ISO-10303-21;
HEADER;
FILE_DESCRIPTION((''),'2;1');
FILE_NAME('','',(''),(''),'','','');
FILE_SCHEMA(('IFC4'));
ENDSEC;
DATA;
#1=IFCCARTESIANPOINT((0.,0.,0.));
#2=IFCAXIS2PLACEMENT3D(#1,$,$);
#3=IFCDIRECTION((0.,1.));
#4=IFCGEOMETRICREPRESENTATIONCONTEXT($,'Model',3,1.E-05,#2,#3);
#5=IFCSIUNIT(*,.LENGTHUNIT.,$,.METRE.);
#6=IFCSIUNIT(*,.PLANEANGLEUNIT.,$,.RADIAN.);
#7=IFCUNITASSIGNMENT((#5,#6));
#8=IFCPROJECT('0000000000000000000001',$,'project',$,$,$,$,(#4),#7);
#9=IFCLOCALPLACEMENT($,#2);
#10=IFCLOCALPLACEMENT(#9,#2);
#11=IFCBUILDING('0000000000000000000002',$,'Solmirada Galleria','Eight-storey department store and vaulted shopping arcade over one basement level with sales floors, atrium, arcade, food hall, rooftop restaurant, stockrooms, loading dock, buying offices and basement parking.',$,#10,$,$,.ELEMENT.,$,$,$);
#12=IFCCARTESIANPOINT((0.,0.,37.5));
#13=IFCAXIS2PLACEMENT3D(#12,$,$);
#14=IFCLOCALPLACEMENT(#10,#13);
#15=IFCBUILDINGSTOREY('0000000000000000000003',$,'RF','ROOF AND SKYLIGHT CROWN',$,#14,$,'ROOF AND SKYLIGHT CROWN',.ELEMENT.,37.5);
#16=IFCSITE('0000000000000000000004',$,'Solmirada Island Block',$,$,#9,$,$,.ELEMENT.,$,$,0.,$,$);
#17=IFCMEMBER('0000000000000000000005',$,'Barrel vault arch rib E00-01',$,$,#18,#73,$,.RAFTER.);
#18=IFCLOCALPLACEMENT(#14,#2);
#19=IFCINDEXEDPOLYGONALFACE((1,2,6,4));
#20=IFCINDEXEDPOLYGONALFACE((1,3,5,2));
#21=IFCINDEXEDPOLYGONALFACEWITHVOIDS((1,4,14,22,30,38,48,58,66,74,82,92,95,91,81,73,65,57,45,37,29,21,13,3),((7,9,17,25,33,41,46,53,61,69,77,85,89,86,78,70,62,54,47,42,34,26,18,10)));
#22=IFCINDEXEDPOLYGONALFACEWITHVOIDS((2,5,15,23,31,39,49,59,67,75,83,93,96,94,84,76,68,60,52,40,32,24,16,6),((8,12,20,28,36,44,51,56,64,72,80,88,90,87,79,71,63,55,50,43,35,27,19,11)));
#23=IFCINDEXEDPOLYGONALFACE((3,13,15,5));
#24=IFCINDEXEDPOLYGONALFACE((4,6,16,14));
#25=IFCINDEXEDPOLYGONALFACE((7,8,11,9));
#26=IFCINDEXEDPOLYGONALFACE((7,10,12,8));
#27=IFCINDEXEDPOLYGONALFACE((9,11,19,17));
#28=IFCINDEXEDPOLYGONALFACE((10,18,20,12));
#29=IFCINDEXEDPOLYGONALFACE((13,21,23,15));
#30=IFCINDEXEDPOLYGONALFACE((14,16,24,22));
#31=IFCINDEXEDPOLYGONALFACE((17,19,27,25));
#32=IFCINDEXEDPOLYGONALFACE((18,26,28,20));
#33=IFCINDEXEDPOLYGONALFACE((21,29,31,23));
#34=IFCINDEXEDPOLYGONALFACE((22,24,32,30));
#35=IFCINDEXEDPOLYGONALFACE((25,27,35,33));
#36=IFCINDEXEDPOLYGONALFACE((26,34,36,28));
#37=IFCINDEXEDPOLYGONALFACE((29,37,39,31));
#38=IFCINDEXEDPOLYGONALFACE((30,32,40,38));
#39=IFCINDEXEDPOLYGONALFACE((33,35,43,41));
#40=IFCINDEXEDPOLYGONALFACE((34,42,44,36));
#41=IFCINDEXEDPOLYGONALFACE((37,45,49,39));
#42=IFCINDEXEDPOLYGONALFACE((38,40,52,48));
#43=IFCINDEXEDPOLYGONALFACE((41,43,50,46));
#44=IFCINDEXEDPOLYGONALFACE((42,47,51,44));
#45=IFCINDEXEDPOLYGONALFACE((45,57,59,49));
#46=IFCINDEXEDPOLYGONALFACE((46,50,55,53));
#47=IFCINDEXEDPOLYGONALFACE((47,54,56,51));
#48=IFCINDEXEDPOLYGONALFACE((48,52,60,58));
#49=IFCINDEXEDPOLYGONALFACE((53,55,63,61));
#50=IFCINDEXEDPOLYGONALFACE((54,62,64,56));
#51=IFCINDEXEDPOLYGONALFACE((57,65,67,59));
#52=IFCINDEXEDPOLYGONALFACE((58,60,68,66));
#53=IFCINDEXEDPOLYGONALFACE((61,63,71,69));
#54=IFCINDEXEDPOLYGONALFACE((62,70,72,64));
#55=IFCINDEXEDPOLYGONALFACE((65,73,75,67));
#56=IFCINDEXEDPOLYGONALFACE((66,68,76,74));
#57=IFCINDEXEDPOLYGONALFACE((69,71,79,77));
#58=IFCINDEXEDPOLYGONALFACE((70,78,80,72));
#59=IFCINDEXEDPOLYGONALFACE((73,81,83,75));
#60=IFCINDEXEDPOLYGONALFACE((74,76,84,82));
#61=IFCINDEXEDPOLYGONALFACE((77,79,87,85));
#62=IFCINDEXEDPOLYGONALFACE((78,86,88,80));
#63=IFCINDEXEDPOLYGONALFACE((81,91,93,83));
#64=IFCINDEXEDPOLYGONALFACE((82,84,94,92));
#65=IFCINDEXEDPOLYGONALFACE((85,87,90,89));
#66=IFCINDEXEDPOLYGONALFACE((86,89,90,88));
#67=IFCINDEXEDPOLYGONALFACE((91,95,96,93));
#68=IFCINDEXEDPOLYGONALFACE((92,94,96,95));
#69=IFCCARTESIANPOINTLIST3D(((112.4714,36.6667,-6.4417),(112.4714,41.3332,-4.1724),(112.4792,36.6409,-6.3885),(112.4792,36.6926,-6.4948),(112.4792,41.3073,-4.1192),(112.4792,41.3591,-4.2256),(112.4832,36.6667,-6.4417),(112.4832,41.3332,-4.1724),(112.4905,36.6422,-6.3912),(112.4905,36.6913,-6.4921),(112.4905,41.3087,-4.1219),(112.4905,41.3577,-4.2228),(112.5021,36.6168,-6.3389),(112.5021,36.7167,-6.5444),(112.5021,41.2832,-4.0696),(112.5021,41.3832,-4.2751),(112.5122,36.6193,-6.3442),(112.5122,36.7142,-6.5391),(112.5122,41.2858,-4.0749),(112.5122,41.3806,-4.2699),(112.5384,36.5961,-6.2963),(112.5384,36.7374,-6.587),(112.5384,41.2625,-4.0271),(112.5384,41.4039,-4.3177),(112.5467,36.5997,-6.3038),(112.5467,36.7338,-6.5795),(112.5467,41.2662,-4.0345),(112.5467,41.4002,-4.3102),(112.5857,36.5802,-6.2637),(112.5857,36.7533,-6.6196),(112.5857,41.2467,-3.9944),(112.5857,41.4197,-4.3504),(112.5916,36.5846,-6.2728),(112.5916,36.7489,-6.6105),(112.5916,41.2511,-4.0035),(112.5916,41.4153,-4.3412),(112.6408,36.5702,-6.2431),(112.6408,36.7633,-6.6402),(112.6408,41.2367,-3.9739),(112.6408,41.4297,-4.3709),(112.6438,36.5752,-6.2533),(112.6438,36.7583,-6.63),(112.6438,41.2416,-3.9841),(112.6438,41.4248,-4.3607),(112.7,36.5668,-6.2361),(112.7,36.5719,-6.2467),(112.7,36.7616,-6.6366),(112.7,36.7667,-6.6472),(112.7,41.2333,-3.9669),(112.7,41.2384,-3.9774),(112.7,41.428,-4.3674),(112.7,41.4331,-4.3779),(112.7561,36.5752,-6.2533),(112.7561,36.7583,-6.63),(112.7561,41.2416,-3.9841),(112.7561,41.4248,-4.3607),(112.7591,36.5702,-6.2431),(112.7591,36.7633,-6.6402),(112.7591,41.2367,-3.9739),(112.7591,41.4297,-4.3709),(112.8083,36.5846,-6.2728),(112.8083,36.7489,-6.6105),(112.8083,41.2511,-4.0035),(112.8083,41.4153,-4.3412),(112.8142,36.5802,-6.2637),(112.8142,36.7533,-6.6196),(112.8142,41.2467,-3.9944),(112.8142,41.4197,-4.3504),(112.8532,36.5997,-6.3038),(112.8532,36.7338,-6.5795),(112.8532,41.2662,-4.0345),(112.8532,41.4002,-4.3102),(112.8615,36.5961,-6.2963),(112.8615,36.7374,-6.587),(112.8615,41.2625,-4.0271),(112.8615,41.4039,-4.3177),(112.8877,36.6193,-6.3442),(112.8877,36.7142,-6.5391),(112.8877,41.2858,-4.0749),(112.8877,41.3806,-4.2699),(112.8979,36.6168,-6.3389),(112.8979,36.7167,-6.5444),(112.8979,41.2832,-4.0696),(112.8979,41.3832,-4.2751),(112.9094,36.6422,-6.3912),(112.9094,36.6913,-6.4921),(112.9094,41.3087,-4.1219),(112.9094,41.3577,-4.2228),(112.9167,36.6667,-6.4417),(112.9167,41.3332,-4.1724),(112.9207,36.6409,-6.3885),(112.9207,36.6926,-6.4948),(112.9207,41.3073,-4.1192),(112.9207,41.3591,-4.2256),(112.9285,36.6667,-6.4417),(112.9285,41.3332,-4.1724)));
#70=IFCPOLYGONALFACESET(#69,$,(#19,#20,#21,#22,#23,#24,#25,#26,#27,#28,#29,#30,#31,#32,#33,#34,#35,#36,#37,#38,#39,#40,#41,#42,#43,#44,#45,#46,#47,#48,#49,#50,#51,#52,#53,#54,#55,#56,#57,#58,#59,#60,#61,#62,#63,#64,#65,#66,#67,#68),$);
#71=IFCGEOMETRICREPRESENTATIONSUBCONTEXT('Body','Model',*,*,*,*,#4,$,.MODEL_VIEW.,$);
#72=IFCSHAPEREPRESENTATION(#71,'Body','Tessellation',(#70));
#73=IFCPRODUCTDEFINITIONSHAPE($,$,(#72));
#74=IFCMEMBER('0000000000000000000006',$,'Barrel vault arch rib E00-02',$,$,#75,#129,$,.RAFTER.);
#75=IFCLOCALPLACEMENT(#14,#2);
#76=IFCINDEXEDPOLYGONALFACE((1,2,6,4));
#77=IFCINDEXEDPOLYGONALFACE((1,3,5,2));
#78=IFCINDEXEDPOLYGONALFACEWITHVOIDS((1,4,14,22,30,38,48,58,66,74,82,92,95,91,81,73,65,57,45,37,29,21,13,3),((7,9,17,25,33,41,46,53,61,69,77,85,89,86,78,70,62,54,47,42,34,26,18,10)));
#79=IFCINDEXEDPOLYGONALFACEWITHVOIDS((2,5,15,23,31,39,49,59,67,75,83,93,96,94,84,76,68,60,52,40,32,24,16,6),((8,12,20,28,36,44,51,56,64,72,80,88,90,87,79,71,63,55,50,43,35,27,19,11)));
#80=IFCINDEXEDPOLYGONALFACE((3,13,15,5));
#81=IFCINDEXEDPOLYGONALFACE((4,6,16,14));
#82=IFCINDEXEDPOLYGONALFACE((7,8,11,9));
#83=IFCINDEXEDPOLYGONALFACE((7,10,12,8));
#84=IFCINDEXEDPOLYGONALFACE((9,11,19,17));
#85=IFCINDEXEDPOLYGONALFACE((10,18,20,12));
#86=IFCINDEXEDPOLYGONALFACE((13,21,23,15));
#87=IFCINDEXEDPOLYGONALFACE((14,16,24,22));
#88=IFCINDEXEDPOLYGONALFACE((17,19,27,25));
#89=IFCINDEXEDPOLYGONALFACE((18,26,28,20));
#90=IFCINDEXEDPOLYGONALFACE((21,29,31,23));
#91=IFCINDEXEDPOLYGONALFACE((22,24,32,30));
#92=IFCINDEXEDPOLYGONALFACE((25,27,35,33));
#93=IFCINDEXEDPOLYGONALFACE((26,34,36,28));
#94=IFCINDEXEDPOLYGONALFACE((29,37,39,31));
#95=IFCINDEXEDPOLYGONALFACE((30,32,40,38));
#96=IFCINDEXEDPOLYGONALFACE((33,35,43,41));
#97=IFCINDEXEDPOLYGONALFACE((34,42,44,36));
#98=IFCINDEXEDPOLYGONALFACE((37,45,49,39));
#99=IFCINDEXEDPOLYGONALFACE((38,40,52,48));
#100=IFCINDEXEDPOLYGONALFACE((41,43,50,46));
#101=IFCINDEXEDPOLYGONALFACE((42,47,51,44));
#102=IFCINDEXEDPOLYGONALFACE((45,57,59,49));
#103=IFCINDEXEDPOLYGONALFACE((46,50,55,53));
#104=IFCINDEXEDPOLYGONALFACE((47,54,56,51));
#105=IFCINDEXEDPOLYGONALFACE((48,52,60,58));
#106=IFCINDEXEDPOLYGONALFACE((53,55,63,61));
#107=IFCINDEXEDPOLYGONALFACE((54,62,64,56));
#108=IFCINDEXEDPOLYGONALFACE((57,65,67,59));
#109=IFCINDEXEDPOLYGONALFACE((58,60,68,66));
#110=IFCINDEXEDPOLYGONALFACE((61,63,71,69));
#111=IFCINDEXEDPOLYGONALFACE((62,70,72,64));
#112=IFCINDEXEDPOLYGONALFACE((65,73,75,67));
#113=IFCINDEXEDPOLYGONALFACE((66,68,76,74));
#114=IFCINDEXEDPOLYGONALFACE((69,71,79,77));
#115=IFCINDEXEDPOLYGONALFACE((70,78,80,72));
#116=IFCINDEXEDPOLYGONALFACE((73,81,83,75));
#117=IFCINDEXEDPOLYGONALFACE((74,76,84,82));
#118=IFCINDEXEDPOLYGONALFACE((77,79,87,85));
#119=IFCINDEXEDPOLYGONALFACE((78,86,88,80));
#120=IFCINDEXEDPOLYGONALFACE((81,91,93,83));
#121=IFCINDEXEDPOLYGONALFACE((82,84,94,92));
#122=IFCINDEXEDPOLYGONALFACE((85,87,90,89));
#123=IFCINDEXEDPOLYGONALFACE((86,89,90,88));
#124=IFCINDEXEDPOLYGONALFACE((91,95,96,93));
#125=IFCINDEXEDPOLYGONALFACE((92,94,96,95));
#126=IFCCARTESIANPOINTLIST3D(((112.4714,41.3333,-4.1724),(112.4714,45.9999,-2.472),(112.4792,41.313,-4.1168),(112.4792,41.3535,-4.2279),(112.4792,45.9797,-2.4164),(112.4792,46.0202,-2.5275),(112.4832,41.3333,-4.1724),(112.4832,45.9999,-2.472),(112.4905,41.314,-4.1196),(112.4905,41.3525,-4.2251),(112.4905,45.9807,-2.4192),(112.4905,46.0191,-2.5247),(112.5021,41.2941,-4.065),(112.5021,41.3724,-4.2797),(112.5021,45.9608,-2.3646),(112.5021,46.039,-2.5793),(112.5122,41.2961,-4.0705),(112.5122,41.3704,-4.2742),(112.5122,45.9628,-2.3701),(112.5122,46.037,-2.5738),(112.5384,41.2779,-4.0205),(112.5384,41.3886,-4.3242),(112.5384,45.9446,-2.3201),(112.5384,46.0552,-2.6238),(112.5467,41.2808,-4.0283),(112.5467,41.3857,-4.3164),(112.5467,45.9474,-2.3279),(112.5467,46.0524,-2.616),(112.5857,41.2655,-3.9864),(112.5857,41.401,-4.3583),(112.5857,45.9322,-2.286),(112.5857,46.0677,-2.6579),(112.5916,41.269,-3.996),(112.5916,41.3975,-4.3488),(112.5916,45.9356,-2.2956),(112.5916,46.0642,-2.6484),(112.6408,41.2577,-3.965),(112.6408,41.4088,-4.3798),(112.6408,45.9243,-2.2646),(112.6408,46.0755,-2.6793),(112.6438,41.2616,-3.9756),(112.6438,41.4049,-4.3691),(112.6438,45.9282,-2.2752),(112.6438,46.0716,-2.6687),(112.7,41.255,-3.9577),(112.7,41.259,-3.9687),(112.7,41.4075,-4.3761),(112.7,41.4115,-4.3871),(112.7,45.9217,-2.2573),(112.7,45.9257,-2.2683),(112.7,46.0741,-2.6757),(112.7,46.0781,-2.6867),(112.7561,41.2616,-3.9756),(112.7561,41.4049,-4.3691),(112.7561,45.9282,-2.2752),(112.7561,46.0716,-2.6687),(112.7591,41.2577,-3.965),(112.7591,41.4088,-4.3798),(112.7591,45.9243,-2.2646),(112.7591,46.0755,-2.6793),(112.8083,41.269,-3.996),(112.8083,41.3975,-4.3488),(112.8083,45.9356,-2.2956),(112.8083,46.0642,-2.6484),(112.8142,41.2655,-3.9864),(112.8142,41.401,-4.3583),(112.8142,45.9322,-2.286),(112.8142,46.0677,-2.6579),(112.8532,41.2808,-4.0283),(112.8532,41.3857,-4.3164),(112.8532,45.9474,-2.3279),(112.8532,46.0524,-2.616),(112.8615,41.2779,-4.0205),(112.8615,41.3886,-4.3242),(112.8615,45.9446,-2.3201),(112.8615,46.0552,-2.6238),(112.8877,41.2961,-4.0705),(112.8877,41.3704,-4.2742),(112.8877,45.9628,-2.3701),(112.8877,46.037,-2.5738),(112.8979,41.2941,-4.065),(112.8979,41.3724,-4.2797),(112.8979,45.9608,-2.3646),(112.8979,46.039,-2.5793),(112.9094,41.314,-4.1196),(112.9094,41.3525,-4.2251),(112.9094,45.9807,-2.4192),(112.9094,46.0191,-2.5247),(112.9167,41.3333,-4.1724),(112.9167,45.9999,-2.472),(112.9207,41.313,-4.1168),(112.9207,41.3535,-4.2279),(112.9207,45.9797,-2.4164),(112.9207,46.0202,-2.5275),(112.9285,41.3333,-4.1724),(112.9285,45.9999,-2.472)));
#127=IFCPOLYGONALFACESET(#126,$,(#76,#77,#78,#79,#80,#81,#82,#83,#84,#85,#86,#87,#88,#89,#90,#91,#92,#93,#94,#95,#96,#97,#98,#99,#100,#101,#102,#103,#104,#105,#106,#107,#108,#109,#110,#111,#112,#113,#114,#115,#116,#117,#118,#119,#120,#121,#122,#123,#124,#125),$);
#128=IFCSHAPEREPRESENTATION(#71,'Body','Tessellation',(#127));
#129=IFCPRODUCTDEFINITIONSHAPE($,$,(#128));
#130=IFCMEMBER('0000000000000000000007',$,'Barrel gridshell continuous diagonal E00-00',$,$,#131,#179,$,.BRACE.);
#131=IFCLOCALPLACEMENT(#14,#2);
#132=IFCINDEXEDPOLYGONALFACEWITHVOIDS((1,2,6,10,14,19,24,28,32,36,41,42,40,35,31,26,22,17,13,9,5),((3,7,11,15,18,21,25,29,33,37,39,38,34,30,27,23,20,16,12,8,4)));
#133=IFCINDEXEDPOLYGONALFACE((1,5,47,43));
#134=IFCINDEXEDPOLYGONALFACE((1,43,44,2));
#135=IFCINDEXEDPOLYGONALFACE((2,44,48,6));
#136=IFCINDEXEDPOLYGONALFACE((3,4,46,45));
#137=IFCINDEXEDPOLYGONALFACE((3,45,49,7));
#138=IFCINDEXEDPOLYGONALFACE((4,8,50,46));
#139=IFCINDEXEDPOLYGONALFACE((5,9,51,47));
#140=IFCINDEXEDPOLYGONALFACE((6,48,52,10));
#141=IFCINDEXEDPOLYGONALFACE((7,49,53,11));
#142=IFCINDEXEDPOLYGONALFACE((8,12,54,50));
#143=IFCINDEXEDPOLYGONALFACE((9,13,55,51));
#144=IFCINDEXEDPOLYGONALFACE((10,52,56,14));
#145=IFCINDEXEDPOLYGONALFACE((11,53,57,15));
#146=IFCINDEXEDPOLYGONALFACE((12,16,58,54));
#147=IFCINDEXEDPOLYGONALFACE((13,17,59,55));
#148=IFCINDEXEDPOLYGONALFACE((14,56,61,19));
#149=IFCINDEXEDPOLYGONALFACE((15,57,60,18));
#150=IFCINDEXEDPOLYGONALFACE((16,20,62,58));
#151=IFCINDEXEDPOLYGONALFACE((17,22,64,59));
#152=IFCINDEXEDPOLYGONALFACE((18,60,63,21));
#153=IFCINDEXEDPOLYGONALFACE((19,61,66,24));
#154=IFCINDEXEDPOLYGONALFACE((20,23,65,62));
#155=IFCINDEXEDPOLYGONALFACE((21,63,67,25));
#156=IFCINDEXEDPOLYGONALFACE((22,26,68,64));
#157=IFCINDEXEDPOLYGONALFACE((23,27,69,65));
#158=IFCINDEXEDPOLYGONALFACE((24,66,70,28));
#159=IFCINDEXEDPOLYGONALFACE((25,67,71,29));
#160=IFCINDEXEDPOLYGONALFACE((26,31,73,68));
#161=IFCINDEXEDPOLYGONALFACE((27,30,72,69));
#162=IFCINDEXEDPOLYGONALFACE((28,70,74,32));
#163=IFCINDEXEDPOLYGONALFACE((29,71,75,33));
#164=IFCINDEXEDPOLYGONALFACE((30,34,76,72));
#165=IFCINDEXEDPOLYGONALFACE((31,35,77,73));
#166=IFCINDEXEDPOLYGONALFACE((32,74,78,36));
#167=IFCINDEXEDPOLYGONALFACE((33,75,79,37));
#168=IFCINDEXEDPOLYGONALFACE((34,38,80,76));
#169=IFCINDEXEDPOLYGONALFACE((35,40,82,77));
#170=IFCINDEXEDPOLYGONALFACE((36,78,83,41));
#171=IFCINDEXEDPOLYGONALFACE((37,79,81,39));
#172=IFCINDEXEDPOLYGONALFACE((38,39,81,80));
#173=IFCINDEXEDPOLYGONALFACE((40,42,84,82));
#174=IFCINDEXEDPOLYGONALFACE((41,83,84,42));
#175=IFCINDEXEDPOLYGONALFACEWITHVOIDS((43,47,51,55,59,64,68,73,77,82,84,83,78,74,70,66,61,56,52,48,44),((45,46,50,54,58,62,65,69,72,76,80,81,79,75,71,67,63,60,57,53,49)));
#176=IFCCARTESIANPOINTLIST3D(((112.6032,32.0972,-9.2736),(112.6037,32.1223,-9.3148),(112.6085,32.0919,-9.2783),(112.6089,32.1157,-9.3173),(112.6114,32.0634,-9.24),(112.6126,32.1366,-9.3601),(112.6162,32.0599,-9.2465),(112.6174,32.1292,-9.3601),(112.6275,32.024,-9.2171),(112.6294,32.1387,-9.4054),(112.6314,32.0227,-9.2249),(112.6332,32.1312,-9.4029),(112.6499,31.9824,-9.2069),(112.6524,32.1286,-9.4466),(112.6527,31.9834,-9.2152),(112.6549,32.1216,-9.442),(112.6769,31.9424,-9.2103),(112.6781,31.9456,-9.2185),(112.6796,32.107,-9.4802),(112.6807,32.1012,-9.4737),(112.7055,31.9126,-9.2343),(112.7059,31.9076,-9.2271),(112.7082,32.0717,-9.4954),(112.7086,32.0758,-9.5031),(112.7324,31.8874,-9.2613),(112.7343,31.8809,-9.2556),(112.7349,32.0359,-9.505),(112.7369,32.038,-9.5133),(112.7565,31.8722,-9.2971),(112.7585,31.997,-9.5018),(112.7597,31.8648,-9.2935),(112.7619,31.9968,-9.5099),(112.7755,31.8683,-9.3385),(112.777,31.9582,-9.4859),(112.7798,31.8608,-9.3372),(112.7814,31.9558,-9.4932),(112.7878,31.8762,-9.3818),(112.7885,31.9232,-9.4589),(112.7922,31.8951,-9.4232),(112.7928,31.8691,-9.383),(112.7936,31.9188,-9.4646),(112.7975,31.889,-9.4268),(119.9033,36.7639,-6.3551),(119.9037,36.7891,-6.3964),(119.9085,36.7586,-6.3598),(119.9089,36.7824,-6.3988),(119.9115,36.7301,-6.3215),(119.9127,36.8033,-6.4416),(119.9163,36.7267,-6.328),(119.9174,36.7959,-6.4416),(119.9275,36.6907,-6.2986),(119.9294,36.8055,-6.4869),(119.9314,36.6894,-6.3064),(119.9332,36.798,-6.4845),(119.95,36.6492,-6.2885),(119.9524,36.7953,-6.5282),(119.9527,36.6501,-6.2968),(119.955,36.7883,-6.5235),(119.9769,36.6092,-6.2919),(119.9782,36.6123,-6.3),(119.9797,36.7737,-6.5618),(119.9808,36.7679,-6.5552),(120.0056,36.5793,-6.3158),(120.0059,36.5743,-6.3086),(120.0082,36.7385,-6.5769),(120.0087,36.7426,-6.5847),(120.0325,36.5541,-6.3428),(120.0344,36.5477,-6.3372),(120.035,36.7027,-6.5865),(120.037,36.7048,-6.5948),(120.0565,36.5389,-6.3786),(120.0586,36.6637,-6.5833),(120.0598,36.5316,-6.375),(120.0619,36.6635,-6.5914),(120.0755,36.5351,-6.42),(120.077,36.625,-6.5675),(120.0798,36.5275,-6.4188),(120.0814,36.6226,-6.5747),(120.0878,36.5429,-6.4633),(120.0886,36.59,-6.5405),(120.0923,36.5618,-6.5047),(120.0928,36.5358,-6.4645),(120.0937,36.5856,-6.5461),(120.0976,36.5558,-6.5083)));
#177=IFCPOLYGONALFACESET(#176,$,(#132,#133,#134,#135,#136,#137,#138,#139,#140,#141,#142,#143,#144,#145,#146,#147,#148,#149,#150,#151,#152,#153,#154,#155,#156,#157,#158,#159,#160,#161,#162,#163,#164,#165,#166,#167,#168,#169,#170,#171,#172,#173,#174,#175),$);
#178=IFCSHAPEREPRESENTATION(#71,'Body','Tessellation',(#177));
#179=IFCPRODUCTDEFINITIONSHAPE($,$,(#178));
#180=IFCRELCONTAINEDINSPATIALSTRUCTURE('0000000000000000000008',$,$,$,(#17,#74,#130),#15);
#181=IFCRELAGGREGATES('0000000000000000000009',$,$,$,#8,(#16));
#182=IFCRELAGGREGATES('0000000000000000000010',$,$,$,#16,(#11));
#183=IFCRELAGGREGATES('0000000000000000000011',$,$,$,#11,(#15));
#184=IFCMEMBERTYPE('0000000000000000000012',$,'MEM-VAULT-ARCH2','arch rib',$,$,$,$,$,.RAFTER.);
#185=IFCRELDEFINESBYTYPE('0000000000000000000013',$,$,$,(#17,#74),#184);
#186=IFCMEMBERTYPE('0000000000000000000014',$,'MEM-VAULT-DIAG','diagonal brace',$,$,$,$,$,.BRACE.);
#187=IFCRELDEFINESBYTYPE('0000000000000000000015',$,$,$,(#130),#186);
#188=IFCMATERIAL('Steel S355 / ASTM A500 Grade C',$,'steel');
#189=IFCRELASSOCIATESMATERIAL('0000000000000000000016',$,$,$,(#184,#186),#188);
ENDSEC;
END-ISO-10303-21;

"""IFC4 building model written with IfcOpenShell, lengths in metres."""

from ifc_helpers import new_model, si_unit, direction, frame, origin, origin_2d, place, context, subcontext, project, spatial, hollow_circle, extrude, material, material_profile, profile_set, type_object, element, save


model = new_model("IFC4")

# Units and contexts
model_context = context("Model", 3, precision=1e-05, world=origin(), true_north=direction((0.0, 1.0)))
body_context = subcontext(model_context, "Body", "Model", "MODEL_VIEW")
ifc_project = project(units=[si_unit("LENGTHUNIT", "METRE"), si_unit("PLANEANGLEUNIT", "RADIAN")], contexts=[model_context])

# Site, building, storey
site_placement = place(None, origin())
site = spatial("IfcSite", under=ifc_project, at=site_placement, Name="Solmirada Island Block", CompositionType="ELEMENT", RefElevation=0.0)
building_placement = place(site_placement, origin())
building = spatial("IfcBuilding", under=site, at=building_placement, Name="Solmirada Galleria", Description="Eight-storey department store and vaulted shopping arcade over one basement level with sales floors, atrium, arcade, food hall, rooftop restaurant, stockrooms, loading dock, buying offices and basement parking.", CompositionType="ELEMENT")
storey_placement = place(building_placement, frame((0.0, 0.0, 37.5)))
storey = spatial("IfcBuildingStorey", under=building, at=storey_placement, Name="RF", Description="ROOF AND SKYLIGHT CROWN", LongName="ROOF AND SKYLIGHT CROWN", CompositionType="ELEMENT", Elevation=37.5)

# Members
ifc_material_1 = material(Name="Steel S355 / ASTM A500 Grade C", Category="steel")
ifc_material_profile_1 = material_profile(ifc_material_1, hollow_circle(Radius=0.2285, WallThickness=0.0117, at=origin_2d()), Name="HSS18.000X0.500")
ifc_profile_set_1 = profile_set([ifc_material_profile_1], Name="Steel S355 / ASTM A500 Grade C")
member_type_1 = type_object("IfcMemberType", Name="MEM-VAULT-ARCH2", Description="arch rib", PredefinedType="RAFTER", material=ifc_profile_set_1)
member_1_placement = place(storey_placement, frame((112.7, 36.6667, -6.4417), z_axis=(0.0, 0.899304, 0.437325), x_axis=(-1.0, 0.0, 0.0)))
element("IfcMember", 1, at=member_1_placement, inside=storey, type_object=member_type_1, Name="Barrel vault arch rib E00-01", PredefinedType="RAFTER", context=body_context, shape_type="SweptSolid", body=[
    extrude(hollow_circle(Radius=0.2285, WallThickness=0.0117, at=origin_2d()), origin(), (0.0, 0.0, 1.0), 5.189),
])
member_2_placement = place(storey_placement, frame((112.7, 41.3333, -4.1724), z_axis=(0.0, 0.939571, 0.342355), x_axis=(-1.0, 0.0, 0.0)))
element("IfcMember", 2, at=member_2_placement, inside=storey, type_object=member_type_1, Name="Barrel vault arch rib E00-02", PredefinedType="RAFTER", context=body_context, shape_type="SweptSolid", body=[
    extrude(hollow_circle(Radius=0.2285, WallThickness=0.0117, at=origin_2d()), origin(), (0.0, 0.0, 1.0), 4.9668),
])
ifc_material_profile_2 = material_profile(ifc_material_1, hollow_circle(Radius=0.1621, WallThickness=0.0088, at=origin_2d()), Name="HSS12.750X0.375")
ifc_profile_set_2 = profile_set([ifc_material_profile_2], Name="Steel S355 / ASTM A500 Grade C")
member_type_2 = type_object("IfcMemberType", Name="MEM-VAULT-DIAG", Description="diagonal brace", PredefinedType="BRACE", material=ifc_profile_set_2)
member_3_placement = place(storey_placement, frame((112.7, 32.0, -9.3601), z_axis=(0.798468, 0.510441, 0.319216), x_axis=(-0.538621, 0.842548, 0.0)))
element("IfcMember", 3, at=member_3_placement, inside=storey, type_object=member_type_2, Name="Barrel gridshell continuous diagonal E00-00", PredefinedType="BRACE", context=body_context, shape_type="SweptSolid", body=[
    extrude(hollow_circle(Radius=0.1621, WallThickness=0.0088, at=origin_2d()), origin(), (0.0, 0.0, 1.0), 9.1426),
])

save(model, "model.ifc")
